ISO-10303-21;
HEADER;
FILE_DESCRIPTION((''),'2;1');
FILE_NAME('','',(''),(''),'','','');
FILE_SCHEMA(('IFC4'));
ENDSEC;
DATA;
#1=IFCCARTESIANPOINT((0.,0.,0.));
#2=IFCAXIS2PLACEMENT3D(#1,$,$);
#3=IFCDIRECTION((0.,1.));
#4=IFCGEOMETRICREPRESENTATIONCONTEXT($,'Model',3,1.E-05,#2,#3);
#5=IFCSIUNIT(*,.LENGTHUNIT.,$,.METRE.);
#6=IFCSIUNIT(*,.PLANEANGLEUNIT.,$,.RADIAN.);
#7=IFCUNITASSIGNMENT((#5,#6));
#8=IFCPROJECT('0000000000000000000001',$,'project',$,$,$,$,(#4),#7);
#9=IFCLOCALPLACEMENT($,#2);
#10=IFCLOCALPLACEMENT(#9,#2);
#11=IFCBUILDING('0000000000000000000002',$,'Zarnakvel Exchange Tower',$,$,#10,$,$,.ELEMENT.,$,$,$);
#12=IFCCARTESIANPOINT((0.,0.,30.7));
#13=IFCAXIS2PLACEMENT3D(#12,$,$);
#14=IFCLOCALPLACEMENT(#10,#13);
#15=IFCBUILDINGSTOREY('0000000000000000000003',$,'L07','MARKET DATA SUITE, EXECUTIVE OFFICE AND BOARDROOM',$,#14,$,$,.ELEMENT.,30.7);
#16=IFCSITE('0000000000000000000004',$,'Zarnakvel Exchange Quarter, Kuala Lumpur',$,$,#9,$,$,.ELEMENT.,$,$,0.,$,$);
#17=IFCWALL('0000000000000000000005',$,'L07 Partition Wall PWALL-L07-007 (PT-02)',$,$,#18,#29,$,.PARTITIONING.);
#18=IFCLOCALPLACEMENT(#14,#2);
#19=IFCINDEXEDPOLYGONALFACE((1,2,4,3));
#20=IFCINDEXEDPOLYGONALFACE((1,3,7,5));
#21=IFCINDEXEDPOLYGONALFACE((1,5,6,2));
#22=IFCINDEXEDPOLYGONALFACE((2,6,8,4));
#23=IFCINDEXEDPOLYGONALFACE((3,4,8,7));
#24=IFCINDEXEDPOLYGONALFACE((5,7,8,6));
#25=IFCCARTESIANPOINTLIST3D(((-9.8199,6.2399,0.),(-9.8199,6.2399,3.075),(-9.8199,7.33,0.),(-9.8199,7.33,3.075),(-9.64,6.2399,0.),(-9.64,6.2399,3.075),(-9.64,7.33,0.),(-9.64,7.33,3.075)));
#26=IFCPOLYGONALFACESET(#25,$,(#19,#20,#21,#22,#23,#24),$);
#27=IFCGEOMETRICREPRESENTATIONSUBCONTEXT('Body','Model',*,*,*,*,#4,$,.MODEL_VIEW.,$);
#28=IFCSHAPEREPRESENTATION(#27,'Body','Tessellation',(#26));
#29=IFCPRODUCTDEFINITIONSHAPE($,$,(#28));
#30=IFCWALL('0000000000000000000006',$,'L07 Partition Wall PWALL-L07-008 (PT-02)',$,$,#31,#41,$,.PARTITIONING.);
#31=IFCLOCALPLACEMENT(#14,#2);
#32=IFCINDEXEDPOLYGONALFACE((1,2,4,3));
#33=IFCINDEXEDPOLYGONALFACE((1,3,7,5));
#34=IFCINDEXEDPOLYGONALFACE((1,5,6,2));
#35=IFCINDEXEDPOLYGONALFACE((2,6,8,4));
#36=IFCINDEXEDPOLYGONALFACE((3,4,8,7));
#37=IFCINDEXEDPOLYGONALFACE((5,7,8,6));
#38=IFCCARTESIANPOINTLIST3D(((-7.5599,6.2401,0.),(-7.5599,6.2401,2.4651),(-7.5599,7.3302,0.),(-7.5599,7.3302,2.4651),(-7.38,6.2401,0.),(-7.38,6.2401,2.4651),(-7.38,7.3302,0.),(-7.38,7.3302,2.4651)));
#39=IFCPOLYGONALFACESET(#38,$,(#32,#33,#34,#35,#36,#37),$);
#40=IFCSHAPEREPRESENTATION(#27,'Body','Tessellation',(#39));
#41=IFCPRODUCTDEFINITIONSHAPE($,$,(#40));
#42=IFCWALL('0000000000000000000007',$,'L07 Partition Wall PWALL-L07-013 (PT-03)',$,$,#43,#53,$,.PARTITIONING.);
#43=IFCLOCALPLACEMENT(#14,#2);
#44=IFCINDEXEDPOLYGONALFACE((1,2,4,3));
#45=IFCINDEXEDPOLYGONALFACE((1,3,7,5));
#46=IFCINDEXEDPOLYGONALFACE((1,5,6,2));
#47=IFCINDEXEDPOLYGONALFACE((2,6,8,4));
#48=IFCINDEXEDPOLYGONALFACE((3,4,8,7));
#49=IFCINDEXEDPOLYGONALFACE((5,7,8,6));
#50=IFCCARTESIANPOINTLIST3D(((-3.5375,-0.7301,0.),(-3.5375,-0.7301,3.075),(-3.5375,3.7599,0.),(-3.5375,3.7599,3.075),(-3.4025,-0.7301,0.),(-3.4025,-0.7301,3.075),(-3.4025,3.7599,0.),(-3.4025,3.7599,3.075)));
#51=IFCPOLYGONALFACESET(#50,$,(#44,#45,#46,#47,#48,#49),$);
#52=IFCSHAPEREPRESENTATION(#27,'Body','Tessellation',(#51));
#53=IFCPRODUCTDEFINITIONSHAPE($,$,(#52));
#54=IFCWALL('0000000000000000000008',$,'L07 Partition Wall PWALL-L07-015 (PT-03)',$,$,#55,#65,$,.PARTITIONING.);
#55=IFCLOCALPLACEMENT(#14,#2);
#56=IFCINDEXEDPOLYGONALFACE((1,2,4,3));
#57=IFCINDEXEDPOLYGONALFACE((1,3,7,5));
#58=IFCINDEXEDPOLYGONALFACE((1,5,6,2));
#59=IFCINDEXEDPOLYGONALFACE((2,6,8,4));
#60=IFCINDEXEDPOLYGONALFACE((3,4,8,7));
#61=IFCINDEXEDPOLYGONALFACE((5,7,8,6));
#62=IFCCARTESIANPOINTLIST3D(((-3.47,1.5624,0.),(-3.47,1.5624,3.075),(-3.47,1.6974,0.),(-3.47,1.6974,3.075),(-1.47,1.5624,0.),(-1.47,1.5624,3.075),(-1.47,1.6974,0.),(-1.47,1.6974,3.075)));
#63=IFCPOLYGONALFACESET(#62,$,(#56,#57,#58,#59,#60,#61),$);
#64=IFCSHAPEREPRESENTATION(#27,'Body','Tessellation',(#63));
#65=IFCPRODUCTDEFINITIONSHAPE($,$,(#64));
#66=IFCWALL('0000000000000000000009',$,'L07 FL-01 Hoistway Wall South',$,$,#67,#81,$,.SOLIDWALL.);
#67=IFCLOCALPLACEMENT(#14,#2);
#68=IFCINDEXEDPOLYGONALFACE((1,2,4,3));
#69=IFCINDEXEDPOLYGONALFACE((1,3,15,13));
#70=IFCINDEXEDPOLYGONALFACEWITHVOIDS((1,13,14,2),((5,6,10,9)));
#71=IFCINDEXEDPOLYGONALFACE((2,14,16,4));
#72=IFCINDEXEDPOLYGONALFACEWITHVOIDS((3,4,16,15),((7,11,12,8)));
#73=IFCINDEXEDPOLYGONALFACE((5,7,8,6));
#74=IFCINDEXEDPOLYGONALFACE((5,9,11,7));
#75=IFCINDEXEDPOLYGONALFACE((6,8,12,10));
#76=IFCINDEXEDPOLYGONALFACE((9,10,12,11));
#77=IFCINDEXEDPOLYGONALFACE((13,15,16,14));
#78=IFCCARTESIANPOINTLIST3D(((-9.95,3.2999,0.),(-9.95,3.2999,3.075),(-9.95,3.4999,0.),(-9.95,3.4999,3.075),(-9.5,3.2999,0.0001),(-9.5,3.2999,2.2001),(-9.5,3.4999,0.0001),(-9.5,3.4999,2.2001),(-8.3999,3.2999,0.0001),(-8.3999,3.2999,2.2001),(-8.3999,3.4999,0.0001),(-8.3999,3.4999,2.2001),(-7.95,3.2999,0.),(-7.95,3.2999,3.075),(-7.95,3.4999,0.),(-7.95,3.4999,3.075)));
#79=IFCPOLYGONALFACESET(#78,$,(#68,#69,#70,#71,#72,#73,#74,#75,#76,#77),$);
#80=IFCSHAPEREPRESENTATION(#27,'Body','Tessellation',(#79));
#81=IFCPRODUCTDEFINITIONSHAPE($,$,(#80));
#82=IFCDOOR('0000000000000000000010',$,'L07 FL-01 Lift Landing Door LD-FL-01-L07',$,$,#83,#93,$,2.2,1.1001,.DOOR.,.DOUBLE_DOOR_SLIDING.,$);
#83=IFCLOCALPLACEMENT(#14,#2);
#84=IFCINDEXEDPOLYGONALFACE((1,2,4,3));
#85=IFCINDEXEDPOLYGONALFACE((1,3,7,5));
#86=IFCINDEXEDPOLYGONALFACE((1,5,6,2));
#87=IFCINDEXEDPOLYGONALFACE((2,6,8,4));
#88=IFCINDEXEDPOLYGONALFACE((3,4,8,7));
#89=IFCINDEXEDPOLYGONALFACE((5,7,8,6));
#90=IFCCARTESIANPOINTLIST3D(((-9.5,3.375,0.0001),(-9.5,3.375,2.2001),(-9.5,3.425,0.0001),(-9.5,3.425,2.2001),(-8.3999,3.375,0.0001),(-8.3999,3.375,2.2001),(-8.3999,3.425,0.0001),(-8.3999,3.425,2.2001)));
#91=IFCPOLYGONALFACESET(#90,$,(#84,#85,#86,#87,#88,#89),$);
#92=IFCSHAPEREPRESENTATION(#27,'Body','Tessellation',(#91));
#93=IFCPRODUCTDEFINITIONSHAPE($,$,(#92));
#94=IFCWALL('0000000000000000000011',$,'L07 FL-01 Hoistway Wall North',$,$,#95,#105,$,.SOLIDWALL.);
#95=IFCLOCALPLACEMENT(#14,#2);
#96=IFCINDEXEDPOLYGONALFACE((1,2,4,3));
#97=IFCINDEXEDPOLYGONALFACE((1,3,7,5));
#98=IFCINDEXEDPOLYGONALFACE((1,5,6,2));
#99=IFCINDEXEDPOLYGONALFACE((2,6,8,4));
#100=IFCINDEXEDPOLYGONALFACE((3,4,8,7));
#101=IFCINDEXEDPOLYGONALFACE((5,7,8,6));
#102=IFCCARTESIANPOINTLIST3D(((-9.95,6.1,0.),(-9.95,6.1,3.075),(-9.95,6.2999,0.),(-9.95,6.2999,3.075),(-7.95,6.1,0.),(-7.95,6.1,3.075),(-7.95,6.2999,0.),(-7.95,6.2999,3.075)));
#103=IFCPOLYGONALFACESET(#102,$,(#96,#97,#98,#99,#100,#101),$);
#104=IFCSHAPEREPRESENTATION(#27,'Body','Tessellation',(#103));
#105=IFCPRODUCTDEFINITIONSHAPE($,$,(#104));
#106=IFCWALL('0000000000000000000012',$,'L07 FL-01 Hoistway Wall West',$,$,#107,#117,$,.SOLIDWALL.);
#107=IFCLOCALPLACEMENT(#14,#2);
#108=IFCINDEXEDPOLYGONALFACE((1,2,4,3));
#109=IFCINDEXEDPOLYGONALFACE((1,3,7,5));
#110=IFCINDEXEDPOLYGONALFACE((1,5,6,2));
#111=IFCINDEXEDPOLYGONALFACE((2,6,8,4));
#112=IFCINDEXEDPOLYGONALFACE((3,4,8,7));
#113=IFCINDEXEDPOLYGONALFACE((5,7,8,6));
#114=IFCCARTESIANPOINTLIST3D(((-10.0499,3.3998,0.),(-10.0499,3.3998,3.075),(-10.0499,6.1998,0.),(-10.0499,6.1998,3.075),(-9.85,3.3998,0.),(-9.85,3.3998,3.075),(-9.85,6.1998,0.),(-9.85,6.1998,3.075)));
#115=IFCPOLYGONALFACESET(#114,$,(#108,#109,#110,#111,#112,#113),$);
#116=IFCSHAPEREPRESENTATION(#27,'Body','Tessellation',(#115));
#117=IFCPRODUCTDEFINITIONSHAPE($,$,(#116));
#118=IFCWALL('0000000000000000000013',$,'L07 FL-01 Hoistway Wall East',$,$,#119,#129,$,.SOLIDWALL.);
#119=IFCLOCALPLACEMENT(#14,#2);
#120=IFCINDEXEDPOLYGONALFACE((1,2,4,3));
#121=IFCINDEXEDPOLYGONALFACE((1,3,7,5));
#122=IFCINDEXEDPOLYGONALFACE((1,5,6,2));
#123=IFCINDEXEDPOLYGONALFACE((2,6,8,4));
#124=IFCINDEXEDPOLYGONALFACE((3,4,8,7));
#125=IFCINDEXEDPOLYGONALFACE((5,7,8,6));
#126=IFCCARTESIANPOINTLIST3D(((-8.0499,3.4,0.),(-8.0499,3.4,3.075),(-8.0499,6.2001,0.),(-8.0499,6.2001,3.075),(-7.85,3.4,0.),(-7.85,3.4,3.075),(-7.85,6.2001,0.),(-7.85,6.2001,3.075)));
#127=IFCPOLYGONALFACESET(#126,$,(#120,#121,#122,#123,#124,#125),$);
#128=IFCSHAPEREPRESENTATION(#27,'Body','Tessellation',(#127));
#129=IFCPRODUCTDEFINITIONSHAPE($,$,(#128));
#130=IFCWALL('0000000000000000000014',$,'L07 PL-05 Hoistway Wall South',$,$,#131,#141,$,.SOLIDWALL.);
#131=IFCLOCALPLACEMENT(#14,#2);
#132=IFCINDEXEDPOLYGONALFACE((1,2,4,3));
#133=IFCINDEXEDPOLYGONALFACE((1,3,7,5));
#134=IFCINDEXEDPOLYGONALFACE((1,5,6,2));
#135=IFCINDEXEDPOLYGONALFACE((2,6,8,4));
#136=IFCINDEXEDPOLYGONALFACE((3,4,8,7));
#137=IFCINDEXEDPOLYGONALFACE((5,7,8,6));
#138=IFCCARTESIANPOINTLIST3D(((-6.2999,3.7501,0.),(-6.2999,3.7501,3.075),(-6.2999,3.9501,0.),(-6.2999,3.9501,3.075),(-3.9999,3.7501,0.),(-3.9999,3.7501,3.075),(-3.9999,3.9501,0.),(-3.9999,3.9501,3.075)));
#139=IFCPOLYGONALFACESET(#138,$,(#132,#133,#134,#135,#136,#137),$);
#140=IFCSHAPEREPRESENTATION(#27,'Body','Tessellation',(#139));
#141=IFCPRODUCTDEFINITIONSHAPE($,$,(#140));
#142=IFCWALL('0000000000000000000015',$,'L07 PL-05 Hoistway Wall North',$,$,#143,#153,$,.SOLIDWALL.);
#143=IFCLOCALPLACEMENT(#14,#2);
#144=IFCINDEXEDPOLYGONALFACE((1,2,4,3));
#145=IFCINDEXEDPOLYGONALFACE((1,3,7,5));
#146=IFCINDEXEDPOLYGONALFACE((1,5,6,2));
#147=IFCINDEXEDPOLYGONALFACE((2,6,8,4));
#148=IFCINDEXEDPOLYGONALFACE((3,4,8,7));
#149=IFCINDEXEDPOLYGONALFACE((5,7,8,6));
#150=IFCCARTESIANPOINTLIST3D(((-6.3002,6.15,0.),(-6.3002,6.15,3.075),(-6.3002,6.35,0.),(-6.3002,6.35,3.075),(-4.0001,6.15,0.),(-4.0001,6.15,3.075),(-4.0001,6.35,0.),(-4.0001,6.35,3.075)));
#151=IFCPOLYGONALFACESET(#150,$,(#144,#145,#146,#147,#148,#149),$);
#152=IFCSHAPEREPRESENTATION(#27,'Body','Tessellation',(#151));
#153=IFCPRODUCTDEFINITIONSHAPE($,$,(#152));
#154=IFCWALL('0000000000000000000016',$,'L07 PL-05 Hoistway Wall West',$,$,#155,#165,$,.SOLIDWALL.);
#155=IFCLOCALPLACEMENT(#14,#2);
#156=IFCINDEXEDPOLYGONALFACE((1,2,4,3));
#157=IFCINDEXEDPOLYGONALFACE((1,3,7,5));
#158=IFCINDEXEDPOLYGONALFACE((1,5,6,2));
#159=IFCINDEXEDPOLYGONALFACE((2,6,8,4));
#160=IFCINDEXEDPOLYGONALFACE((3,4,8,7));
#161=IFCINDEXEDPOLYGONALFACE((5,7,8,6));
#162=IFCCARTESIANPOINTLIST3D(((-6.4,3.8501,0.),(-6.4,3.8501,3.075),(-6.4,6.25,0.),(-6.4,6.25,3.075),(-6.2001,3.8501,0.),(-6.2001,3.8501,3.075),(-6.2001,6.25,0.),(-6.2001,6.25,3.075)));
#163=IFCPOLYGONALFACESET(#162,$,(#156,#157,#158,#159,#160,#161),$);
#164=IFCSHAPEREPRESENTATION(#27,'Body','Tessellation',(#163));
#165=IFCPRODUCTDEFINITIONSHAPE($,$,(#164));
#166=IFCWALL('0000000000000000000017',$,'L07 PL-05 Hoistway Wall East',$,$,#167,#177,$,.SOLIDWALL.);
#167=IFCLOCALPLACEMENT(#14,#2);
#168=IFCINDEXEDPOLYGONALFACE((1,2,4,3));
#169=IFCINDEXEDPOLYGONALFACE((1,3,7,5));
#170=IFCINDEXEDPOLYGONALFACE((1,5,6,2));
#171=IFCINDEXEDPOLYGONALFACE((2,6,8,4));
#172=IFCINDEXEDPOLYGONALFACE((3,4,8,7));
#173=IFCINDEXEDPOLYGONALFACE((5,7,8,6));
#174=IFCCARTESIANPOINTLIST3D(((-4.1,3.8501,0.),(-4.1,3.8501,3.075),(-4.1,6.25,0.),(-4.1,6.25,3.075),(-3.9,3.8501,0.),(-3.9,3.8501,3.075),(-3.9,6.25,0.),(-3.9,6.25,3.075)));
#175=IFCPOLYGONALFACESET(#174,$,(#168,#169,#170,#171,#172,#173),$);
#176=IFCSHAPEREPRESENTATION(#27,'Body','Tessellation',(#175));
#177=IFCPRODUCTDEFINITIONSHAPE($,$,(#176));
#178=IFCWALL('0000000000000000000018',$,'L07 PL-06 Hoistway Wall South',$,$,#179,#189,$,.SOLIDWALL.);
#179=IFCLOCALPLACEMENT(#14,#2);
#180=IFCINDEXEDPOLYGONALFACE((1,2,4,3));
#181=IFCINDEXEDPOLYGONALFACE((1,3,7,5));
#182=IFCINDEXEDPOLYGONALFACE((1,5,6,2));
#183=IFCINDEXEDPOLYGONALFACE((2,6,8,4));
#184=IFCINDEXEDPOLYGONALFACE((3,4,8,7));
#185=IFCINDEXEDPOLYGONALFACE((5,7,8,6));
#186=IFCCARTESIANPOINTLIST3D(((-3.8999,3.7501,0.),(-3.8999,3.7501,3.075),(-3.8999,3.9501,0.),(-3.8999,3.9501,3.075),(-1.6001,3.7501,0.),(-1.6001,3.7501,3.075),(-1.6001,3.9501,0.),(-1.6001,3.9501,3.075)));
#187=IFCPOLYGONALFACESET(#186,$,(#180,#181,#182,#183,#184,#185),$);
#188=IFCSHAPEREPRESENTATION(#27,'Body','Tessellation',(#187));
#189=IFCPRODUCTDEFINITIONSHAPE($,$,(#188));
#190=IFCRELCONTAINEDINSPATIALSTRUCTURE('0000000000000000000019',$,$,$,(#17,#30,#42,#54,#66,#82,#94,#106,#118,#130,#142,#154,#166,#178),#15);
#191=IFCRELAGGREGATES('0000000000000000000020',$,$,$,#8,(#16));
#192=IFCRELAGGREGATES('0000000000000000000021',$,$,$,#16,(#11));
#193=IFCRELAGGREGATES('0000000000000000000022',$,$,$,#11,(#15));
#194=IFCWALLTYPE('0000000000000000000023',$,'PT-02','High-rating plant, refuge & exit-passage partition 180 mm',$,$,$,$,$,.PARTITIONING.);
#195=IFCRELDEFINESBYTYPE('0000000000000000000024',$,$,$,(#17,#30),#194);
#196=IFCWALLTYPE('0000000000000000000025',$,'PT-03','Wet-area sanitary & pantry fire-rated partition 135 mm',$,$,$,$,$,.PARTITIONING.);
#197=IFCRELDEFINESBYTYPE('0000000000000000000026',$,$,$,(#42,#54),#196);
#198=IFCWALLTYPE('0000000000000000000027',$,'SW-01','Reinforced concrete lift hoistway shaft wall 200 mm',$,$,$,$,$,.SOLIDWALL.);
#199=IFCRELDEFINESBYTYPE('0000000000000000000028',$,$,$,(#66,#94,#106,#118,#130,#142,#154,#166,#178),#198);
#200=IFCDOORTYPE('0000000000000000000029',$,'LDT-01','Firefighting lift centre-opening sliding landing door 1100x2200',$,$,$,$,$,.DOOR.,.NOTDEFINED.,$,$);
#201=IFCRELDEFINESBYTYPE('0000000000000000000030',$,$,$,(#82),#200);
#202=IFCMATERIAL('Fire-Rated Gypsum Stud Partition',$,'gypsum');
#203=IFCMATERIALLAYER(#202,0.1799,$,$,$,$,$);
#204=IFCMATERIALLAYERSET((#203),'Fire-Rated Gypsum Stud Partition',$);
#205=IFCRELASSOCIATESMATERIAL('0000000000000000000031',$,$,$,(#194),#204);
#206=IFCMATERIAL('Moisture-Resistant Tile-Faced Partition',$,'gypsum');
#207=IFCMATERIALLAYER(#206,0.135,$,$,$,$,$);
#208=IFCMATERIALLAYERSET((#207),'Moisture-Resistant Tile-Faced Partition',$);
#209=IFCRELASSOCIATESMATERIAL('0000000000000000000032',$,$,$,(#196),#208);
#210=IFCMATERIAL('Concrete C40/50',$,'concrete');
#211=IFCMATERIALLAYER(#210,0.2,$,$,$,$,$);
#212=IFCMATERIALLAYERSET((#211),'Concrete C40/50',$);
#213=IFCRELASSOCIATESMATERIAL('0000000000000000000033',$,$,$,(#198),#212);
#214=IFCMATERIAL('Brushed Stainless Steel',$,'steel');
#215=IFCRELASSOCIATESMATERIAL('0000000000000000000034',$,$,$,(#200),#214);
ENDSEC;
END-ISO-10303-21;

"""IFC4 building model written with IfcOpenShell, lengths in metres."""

from ifc_helpers import new_model, si_unit, direction, frame, frame_2d, origin, place, context, subcontext, project, spatial, rectangle, extrude, source, transform, mapped, material, layer, layer_set, type_object, element, fill, save


model = new_model("IFC4")

# Units and contexts
model_context = context("Model", 3, precision=1e-05, world=origin(), true_north=direction((0.0, 1.0)))
body_context = subcontext(model_context, "Body", "Model", "MODEL_VIEW")
ifc_project = project(units=[si_unit("LENGTHUNIT", "METRE"), si_unit("PLANEANGLEUNIT", "RADIAN")], contexts=[model_context])

# Site, building, storey
site_placement = place(None, origin())
site = spatial("IfcSite", under=ifc_project, at=site_placement, Name="Zarnakvel Exchange Quarter, Kuala Lumpur", CompositionType="ELEMENT", RefElevation=0.0)
building_placement = place(site_placement, origin())
building = spatial("IfcBuilding", under=site, at=building_placement, Name="Zarnakvel Exchange Tower", CompositionType="ELEMENT")
storey_placement = place(building_placement, frame((0.0, 0.0, 30.7)))
storey = spatial("IfcBuildingStorey", under=building, at=storey_placement, Name="L07", Description="MARKET DATA SUITE, EXECUTIVE OFFICE AND BOARDROOM", CompositionType="ELEMENT", Elevation=30.7)

# Walls
ifc_material_1 = material(Name="Fire-Rated Gypsum Stud Partition", Category="gypsum")
ifc_layer_1 = layer(ifc_material_1, 0.1799)
ifc_layer_set_1 = layer_set([ifc_layer_1], Name="Fire-Rated Gypsum Stud Partition")
wall_type_1 = type_object("IfcWallType", Name="PT-02", Description="High-rating plant, refuge & exit-passage partition 180 mm", PredefinedType="PARTITIONING", material=ifc_layer_set_1)
wall_1_placement = place(storey_placement, frame((-9.73, 6.24, 0.0), z_axis=(0.0, 0.0, 1.0), x_axis=(0.0, 1.0, 0.0)))
element("IfcWall", 1, at=wall_1_placement, inside=storey, type_object=wall_type_1, Name="L07 Partition Wall PWALL-L07-007 (PT-02)", PredefinedType="PARTITIONING", context=body_context, shape_type="SweptSolid", body=[
    extrude(rectangle(XDim=1.0901, YDim=0.1799, at=frame_2d((0.5449, 0.0))), origin(), (0.0, 0.0, 1.0), 3.075),
])
wall_2_placement = place(storey_placement, frame((-7.47, 7.3301, 0.0), z_axis=(0.0, 0.0, 1.0), x_axis=(0.0, -1.0, 0.0)))
element("IfcWall", 2, at=wall_2_placement, inside=storey, type_object=wall_type_1, Name="L07 Partition Wall PWALL-L07-008 (PT-02)", PredefinedType="PARTITIONING", context=body_context, shape_type="SweptSolid", body=[
    extrude(rectangle(XDim=1.0901, YDim=0.1799, at=frame_2d((0.5449, 0.0))), origin(), (0.0, 0.0, 1.0), 2.4651),
])
ifc_material_2 = material(Name="Moisture-Resistant Tile-Faced Partition", Category="gypsum")
ifc_layer_2 = layer(ifc_material_2, 0.135)
ifc_layer_set_2 = layer_set([ifc_layer_2], Name="Moisture-Resistant Tile-Faced Partition")
wall_type_2 = type_object("IfcWallType", Name="PT-03", Description="Wet-area sanitary & pantry fire-rated partition 135 mm", PredefinedType="PARTITIONING", material=ifc_layer_set_2)
wall_3_placement = place(storey_placement, frame((-3.47, 3.76, 0.0), z_axis=(0.0, 0.0, 1.0), x_axis=(0.0, -1.0, 0.0)))
element("IfcWall", 3, at=wall_3_placement, inside=storey, type_object=wall_type_2, Name="L07 Partition Wall PWALL-L07-013 (PT-03)", PredefinedType="PARTITIONING", context=body_context, shape_type="SweptSolid", body=[
    extrude(rectangle(XDim=4.49, YDim=0.135, at=frame_2d((2.2451, 0.0))), origin(), (0.0, 0.0, 1.0), 3.075),
])
wall_4_placement = place(storey_placement, frame((-3.47, 1.6299, 0.0), z_axis=(0.0, 0.0, 1.0), x_axis=(1.0, 0.0, 0.0)))
element("IfcWall", 4, at=wall_4_placement, inside=storey, type_object=wall_type_2, Name="L07 Partition Wall PWALL-L07-015 (PT-03)", PredefinedType="PARTITIONING", context=body_context, shape_type="SweptSolid", body=[
    extrude(rectangle(XDim=2.0, YDim=0.135, at=frame_2d((1.0, 0.0))), origin(), (0.0, 0.0, 1.0), 3.075),
])

# Wall, opening, door
ifc_material_3 = material(Name="Concrete C40/50", Category="concrete")
ifc_layer_3 = layer(ifc_material_3, 0.2)
ifc_layer_set_3 = layer_set([ifc_layer_3], Name="Concrete C40/50")
wall_type_3 = type_object("IfcWallType", Name="SW-01", Description="Reinforced concrete lift hoistway shaft wall 200 mm", PredefinedType="SOLIDWALL", material=ifc_layer_set_3)
wall_5_placement = place(storey_placement, frame((-7.95, 3.3999, 0.0), z_axis=(0.0, 0.0, 1.0), x_axis=(-1.0, 0.0, 0.0)))
wall_5 = element("IfcWall", 5, at=wall_5_placement, inside=storey, type_object=wall_type_3, Name="L07 FL-01 Hoistway Wall South", PredefinedType="SOLIDWALL", context=body_context, shape_type="SweptSolid", body=[
    extrude(rectangle(XDim=2.0, YDim=0.2, at=frame_2d((1.0, 0.0))), origin(), (0.0, 0.0, 1.0), 3.075),
])
opening_1_placement = place(wall_5_placement, frame((0.45, 0.0, 0.0)))
opening_1 = element("IfcOpeningElement", 6, at=opening_1_placement, cuts=wall_5, PredefinedType="OPENING", context=body_context, shape_type="SweptSolid", body=[
    extrude(rectangle(XDim=1.1001, YDim=2.2, at=frame_2d((0.55, 1.1001))), frame((0.0, 0.1099, 0.0), z_axis=(0.0, -1.0, 0.0), x_axis=(1.0, 0.0, 0.0)), (0.0, 0.0, 1.0), 0.22),
])
ifc_material_4 = material(Name="Brushed Stainless Steel", Category="steel")
door_type_1 = type_object("IfcDoorType", Name="LDT-01", Description="Firefighting lift centre-opening sliding landing door 1100x2200", OperationType="NOTDEFINED", PredefinedType="DOOR", material=ifc_material_4)
shared_shape_1 = source(origin(), body_context, "Body", "SweptSolid", [
    extrude(rectangle(XDim=1.1001, YDim=2.2, at=frame_2d((0.55, 1.1001))), frame((0.0, 0.0249, 0.0), z_axis=(0.0, -1.0, 0.0), x_axis=(1.0, 0.0, 0.0)), (0.0, 0.0, 1.0), 0.05),
])
door_1_placement = place(opening_1_placement, origin())
door_1 = element("IfcDoor", 7, at=door_1_placement, inside=storey, type_object=door_type_1, Name="L07 FL-01 Lift Landing Door LD-FL-01-L07", OperationType="DOUBLE_DOOR_SLIDING", OverallHeight=2.2, OverallWidth=1.1001, PredefinedType="DOOR", context=body_context, shape_type="MappedRepresentation", body=[
    mapped(shared_shape_1, transform((0.0, 0.0, 0.0), x_axis=(1.0, 0.0, 0.0), y_axis=(0.0, 1.0, 0.0), z_axis=(0.0, 0.0, 1.0), scale=1.0)),
])
fill(opening_1, door_1)

# Walls
wall_6_placement = place(storey_placement, frame((-9.95, 6.2, 0.0), z_axis=(0.0, 0.0, 1.0), x_axis=(1.0, 0.0, 0.0)))
element("IfcWall", 8, at=wall_6_placement, inside=storey, type_object=wall_type_3, Name="L07 FL-01 Hoistway Wall North", PredefinedType="SOLIDWALL", context=body_context, shape_type="SweptSolid", body=[
    extrude(rectangle(XDim=2.0, YDim=0.2, at=frame_2d((1.0, 0.0))), origin(), (0.0, 0.0, 1.0), 3.075),
])
for number, where, z_axis, x_axis, name in (
    (9, (-9.95, 3.3999, 0.0), (0.0, 0.0, 1.0), (0.0, 1.0, 0.0), "L07 FL-01 Hoistway Wall West"),
    (10, (-7.95, 6.2, 0.0), (0.0, 0.0, 1.0), (0.0, -1.0, 0.0), "L07 FL-01 Hoistway Wall East"),
):
    element("IfcWall", number, at=place(storey_placement, frame(where, z_axis=z_axis, x_axis=x_axis)), inside=storey, type_object=wall_type_3, Name=name, PredefinedType="SOLIDWALL", context=body_context, shape_type="SweptSolid", body=[
        extrude(rectangle(XDim=2.8, YDim=0.2, at=frame_2d((1.3999, 0.0))), origin(), (0.0, 0.0, 1.0), 3.075),
    ])
for number, where, z_axis, x_axis, name in (
    (11, (-4.0, 3.8501, 0.0), (0.0, 0.0, 1.0), (-1.0, 0.0, 0.0), "L07 PL-05 Hoistway Wall South"),
    (12, (-6.3, 6.25, 0.0), (0.0, 0.0, 1.0), (1.0, 0.0, 0.0), "L07 PL-05 Hoistway Wall North"),
):
    element("IfcWall", number, at=place(storey_placement, frame(where, z_axis=z_axis, x_axis=x_axis)), inside=storey, type_object=wall_type_3, Name=name, PredefinedType="SOLIDWALL", context=body_context, shape_type="SweptSolid", body=[
        extrude(rectangle(XDim=2.3, YDim=0.2, at=frame_2d((1.1499, 0.0))), origin(), (0.0, 0.0, 1.0), 3.075),
    ])
for number, where, z_axis, x_axis, name in (
    (13, (-6.3, 3.8501, 0.0), (0.0, 0.0, 1.0), (0.0, 1.0, 0.0), "L07 PL-05 Hoistway Wall West"),
    (14, (-4.0, 6.25, 0.0), (0.0, 0.0, 1.0), (0.0, -1.0, 0.0), "L07 PL-05 Hoistway Wall East"),
):
    element("IfcWall", number, at=place(storey_placement, frame(where, z_axis=z_axis, x_axis=x_axis)), inside=storey, type_object=wall_type_3, Name=name, PredefinedType="SOLIDWALL", context=body_context, shape_type="SweptSolid", body=[
        extrude(rectangle(XDim=2.3999, YDim=0.2, at=frame_2d((1.2, 0.0))), origin(), (0.0, 0.0, 1.0), 3.075),
    ])
for number, where, z_axis, x_axis, name in (
    (15, (-1.6001, 3.8501, 0.0), (0.0, 0.0, 1.0), (-1.0, 0.0, 0.0), "L07 PL-06 Hoistway Wall South"),
):
    element("IfcWall", number, at=place(storey_placement, frame(where, z_axis=z_axis, x_axis=x_axis)), inside=storey, type_object=wall_type_3, Name=name, PredefinedType="SOLIDWALL", context=body_context, shape_type="SweptSolid", body=[
        extrude(rectangle(XDim=2.2998, YDim=0.2, at=frame_2d((1.1499, 0.0))), origin(), (0.0, 0.0, 1.0), 3.075),
    ])

save(model, "model.ifc")
